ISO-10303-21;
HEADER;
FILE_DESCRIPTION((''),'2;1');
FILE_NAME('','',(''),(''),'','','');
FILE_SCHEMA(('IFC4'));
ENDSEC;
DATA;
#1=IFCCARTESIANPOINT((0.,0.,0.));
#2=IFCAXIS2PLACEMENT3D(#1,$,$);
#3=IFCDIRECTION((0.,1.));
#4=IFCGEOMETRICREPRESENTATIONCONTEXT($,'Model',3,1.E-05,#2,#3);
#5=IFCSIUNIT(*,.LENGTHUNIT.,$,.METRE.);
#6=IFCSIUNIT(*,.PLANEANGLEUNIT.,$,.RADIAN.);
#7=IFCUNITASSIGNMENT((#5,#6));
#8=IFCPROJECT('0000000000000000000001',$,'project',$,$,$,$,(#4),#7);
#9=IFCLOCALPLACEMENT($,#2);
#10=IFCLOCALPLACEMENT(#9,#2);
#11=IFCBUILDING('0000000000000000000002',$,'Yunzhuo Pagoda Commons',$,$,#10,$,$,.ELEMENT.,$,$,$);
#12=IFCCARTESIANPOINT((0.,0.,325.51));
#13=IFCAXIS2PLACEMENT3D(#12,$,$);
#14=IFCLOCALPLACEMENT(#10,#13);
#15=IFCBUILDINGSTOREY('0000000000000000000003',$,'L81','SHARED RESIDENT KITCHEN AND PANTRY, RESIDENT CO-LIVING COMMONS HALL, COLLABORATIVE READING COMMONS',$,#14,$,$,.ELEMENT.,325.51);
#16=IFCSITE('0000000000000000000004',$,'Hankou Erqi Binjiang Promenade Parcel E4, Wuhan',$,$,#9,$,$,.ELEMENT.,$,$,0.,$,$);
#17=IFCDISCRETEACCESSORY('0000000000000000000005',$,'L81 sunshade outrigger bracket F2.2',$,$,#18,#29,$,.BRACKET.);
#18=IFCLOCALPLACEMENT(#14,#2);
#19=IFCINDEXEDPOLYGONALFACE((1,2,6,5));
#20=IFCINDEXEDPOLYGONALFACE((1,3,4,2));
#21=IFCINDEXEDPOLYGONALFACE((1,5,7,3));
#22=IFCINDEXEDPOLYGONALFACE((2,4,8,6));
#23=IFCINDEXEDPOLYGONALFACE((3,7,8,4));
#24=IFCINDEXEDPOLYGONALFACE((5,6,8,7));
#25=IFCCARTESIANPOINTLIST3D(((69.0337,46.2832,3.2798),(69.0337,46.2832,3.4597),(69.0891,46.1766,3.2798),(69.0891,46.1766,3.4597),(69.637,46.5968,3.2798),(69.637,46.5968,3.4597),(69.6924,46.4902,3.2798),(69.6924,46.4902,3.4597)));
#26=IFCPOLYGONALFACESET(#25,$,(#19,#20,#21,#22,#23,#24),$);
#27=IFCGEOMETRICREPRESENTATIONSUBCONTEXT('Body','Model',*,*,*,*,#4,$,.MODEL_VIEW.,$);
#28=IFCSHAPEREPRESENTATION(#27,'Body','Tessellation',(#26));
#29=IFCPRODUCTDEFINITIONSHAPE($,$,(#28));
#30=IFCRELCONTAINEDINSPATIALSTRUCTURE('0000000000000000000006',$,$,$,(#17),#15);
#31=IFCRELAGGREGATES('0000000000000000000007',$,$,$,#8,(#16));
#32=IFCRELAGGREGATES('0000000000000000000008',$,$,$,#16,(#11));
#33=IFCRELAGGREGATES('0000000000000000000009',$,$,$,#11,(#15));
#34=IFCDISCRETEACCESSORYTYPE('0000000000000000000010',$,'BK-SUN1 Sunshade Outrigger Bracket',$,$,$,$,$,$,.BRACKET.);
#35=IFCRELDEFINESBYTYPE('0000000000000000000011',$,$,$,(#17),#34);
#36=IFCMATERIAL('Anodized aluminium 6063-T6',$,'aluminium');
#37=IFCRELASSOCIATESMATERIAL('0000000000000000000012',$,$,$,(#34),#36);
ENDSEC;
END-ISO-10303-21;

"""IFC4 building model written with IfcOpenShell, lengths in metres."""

from ifc_helpers import new_model, si_unit, direction, frame, origin, origin_2d, place, context, subcontext, project, spatial, rectangle, extrude, source, transform, mapped, material, type_object, element, save


model = new_model("IFC4")

# Units and contexts
model_context = context("Model", 3, precision=1e-05, world=origin(), true_north=direction((0.0, 1.0)))
body_context = subcontext(model_context, "Body", "Model", "MODEL_VIEW")
ifc_project = project(units=[si_unit("LENGTHUNIT", "METRE"), si_unit("PLANEANGLEUNIT", "RADIAN")], contexts=[model_context])

# Site, building, storey
site_placement = place(None, origin())
site = spatial("IfcSite", under=ifc_project, at=site_placement, Name="Hankou Erqi Binjiang Promenade Parcel E4, Wuhan", CompositionType="ELEMENT", RefElevation=0.0)
building_placement = place(site_placement, origin())
building = spatial("IfcBuilding", under=site, at=building_placement, Name="Yunzhuo Pagoda Commons", CompositionType="ELEMENT")
storey_placement = place(building_placement, frame((0.0, 0.0, 325.51)))
storey = spatial("IfcBuildingStorey", under=building, at=storey_placement, Name="L81", Description="SHARED RESIDENT KITCHEN AND PANTRY, RESIDENT CO-LIVING COMMONS HALL, COLLABORATIVE READING COMMONS", CompositionType="ELEMENT", Elevation=325.51)

# Shared definitions
ifc_material_1 = material(Name="Anodized aluminium 6063-T6", Category="aluminium")

# Discrete accessory
discrete_accessory_type = type_object("IfcDiscreteAccessoryType", Name="BK-SUN1 Sunshade Outrigger Bracket", PredefinedType="BRACKET", material=ifc_material_1)
shared_shape_1 = source(origin(), body_context, "Body", "SweptSolid", [
    extrude(rectangle(XDim=0.1201, YDim=0.6799, at=origin_2d()), origin(), (0.0, 0.0, 1.0), 0.1799),
])
discrete_accessory_placement = place(storey_placement, frame((69.363, 46.3867, 3.2798), z_axis=(0.0, 0.0, 1.0), x_axis=(-0.461207, 0.887293, 0.0)))
element("IfcDiscreteAccessory", 1, at=discrete_accessory_placement, inside=storey, type_object=discrete_accessory_type, Name="L81 sunshade outrigger bracket F2.2", PredefinedType="BRACKET", context=body_context, shape_type="MappedRepresentation", body=[
    mapped(shared_shape_1, transform((0.0, 0.0, 0.0), scale=1.0)),
])

save(model, "model.ifc")
